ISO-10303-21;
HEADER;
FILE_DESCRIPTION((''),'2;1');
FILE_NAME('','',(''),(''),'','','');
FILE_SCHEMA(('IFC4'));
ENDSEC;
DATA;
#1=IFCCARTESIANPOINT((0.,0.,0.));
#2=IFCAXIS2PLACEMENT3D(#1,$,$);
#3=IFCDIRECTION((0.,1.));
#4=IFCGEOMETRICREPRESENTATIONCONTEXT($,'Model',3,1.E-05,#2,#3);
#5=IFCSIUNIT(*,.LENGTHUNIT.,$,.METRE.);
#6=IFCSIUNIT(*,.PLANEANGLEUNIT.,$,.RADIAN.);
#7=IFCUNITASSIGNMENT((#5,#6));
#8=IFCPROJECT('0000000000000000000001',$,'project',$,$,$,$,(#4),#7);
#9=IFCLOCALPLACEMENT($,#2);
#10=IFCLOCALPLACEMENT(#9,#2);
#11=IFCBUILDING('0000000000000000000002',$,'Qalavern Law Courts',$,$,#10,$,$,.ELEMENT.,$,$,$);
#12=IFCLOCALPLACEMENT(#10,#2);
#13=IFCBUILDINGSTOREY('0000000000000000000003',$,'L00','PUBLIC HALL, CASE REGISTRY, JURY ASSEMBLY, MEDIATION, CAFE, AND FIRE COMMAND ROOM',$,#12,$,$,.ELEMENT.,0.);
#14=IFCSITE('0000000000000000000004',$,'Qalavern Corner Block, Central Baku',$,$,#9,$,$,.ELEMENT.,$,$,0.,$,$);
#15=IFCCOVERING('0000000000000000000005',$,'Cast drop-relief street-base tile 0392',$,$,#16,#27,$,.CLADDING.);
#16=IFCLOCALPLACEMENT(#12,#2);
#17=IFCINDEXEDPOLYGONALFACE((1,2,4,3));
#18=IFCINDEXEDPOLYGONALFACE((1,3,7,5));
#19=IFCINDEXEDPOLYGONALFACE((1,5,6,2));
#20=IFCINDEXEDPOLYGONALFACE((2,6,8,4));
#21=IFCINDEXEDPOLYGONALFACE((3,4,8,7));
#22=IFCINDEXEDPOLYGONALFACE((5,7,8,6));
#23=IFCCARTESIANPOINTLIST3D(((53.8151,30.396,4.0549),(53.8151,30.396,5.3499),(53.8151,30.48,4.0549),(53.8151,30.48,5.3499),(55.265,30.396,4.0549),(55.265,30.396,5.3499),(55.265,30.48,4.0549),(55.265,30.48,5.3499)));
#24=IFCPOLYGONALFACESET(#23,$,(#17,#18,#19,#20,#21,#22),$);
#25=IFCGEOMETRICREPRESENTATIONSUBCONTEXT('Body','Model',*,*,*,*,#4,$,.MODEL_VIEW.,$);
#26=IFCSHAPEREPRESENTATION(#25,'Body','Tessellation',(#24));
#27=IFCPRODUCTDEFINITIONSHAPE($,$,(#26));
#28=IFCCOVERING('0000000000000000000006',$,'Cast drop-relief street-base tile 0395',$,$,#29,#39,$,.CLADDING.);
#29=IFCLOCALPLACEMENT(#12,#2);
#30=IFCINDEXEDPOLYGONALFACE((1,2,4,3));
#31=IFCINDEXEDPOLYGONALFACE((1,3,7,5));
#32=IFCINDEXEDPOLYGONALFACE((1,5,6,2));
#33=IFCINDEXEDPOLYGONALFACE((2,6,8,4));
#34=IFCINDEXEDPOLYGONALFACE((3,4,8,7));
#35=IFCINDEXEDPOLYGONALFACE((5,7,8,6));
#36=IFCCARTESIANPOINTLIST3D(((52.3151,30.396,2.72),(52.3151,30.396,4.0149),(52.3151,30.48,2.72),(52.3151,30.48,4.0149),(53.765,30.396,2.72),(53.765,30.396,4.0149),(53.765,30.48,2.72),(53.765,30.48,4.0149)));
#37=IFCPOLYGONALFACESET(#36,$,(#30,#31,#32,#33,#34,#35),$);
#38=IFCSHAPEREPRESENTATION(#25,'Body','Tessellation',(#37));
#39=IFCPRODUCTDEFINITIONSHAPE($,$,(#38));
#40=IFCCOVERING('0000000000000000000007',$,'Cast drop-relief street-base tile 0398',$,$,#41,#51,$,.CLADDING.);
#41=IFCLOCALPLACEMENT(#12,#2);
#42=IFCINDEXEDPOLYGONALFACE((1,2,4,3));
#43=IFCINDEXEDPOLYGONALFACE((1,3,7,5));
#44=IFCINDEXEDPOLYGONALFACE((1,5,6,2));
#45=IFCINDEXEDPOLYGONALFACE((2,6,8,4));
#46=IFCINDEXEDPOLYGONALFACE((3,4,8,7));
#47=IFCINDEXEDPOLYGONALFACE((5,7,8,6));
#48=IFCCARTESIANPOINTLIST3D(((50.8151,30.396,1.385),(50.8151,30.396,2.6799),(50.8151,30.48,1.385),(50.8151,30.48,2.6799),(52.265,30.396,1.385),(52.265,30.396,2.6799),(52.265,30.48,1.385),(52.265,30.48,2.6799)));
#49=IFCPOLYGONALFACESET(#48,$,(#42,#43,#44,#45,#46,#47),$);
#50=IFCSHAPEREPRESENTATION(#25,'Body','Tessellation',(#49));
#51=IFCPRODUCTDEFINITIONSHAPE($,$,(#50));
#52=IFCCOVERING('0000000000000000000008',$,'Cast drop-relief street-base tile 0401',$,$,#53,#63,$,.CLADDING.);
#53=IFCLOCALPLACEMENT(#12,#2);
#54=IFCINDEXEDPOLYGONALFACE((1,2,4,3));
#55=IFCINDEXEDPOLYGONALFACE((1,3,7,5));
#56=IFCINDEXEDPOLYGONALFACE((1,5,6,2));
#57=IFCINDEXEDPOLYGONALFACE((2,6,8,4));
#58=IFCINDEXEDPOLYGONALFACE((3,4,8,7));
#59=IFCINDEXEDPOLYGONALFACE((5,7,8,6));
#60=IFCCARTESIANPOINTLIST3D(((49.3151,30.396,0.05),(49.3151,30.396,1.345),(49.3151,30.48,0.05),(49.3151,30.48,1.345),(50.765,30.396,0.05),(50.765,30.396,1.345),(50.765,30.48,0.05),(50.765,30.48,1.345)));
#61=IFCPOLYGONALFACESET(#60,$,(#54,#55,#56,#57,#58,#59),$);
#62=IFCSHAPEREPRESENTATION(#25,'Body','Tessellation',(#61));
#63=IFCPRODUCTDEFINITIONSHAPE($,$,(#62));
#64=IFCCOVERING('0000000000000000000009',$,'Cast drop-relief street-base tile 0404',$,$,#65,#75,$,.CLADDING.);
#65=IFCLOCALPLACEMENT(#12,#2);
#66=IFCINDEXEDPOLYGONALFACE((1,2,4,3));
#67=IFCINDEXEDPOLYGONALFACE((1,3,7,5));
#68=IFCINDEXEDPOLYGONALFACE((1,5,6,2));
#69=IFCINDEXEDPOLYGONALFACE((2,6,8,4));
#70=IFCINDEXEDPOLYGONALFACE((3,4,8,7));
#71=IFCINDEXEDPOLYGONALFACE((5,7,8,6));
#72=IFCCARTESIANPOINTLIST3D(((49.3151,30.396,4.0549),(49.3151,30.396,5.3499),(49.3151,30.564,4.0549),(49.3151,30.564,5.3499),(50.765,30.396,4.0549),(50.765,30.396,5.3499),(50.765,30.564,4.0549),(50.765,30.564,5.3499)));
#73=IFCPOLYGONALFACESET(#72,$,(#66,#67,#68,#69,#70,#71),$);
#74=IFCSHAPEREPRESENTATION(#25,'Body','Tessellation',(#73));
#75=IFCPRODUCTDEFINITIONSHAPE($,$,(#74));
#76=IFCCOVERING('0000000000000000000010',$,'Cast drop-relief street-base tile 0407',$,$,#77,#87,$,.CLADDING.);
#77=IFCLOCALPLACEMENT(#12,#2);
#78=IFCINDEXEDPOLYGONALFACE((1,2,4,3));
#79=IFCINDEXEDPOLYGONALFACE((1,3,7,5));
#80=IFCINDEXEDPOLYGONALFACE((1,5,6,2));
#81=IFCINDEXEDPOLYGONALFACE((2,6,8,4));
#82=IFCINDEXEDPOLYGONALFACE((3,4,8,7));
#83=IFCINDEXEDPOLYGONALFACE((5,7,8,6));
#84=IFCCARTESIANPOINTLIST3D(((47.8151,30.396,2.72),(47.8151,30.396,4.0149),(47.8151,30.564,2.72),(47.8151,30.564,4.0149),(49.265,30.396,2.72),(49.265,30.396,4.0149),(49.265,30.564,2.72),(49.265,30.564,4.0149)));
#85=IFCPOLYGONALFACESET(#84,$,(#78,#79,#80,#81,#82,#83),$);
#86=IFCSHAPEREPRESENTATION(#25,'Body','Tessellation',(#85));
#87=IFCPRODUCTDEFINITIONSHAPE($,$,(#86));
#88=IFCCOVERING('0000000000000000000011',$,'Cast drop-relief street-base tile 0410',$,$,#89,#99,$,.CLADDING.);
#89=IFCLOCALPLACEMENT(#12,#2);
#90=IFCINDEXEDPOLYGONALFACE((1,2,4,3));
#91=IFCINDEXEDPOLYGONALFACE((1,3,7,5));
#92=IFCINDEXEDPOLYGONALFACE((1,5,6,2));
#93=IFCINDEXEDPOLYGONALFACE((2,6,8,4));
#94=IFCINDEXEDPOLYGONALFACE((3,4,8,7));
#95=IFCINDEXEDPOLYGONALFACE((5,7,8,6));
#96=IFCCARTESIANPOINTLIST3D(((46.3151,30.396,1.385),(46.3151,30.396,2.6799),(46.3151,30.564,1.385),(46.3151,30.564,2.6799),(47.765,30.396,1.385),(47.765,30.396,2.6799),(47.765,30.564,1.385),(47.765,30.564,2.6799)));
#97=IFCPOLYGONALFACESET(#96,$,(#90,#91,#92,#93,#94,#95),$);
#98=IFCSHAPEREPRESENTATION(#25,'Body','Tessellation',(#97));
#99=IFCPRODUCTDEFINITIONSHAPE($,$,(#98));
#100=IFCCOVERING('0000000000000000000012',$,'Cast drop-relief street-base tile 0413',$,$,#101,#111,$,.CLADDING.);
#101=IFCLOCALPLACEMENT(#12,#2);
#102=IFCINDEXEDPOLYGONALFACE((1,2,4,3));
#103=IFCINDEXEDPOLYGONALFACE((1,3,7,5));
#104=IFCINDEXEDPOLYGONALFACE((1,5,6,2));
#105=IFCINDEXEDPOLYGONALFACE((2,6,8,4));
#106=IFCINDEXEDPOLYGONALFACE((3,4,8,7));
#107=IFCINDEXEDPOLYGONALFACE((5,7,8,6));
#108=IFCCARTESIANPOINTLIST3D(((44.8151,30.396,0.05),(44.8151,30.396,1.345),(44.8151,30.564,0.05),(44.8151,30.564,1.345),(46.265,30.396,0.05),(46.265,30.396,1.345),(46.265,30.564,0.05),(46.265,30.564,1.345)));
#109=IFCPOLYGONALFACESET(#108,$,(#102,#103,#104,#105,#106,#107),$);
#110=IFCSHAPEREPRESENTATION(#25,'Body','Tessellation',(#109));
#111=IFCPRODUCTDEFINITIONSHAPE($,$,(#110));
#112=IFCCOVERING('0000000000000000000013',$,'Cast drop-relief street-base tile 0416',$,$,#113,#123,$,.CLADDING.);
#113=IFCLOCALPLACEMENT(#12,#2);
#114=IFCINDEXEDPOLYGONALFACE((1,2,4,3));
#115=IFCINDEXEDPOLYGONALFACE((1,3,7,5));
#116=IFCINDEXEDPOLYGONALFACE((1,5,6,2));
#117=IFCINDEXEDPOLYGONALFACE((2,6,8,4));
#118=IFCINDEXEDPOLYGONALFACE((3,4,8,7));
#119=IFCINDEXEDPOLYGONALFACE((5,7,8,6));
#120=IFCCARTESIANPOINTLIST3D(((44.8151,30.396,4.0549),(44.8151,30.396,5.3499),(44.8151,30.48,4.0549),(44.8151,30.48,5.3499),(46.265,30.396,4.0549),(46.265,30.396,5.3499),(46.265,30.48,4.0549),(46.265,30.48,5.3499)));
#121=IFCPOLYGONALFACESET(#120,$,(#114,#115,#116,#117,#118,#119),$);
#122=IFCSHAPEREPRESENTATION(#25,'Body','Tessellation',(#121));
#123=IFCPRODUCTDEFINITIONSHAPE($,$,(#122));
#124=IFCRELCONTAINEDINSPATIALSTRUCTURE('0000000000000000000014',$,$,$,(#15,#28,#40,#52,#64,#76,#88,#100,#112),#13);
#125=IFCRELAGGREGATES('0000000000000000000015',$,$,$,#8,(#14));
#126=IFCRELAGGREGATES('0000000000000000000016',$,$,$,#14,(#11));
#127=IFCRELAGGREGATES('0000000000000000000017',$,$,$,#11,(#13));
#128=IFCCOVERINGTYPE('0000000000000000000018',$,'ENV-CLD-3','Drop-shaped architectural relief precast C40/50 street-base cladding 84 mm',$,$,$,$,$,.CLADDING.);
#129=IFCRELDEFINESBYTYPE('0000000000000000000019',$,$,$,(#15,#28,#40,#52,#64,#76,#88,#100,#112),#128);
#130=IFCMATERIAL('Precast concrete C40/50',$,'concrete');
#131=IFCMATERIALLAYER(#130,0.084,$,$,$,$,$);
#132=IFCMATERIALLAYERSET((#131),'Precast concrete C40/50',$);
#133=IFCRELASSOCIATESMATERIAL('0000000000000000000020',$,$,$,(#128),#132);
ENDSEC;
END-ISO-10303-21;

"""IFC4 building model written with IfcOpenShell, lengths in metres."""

from ifc_helpers import new_model, si_unit, direction, frame, origin, origin_2d, place, context, subcontext, project, spatial, rectangle, extrude, material, layer, layer_set, type_object, element, save


model = new_model("IFC4")

# Units and contexts
model_context = context("Model", 3, precision=1e-05, world=origin(), true_north=direction((0.0, 1.0)))
body_context = subcontext(model_context, "Body", "Model", "MODEL_VIEW")
ifc_project = project(units=[si_unit("LENGTHUNIT", "METRE"), si_unit("PLANEANGLEUNIT", "RADIAN")], contexts=[model_context])

# Site, building, storey
site_placement = place(None, origin())
site = spatial("IfcSite", under=ifc_project, at=site_placement, Name="Qalavern Corner Block, Central Baku", CompositionType="ELEMENT", RefElevation=0.0)
building_placement = place(site_placement, origin())
building = spatial("IfcBuilding", under=site, at=building_placement, Name="Qalavern Law Courts", CompositionType="ELEMENT")
storey_placement = place(building_placement, origin())
storey = spatial("IfcBuildingStorey", under=building, at=storey_placement, Name="L00", Description="PUBLIC HALL, CASE REGISTRY, JURY ASSEMBLY, MEDIATION, CAFE, AND FIRE COMMAND ROOM", CompositionType="ELEMENT", Elevation=0.0)

# Coverings
ifc_material_1 = material(Name="Precast concrete C40/50", Category="concrete")
ifc_layer_1 = layer(ifc_material_1, 0.084)
ifc_layer_set_1 = layer_set([ifc_layer_1], Name="Precast concrete C40/50")
covering_type_1 = type_object("IfcCoveringType", Name="ENV-CLD-3", Description="Drop-shaped architectural relief precast C40/50 street-base cladding 84 mm", PredefinedType="CLADDING", material=ifc_layer_set_1)
for number, where, z_axis, x_axis, name in (
    (1, (54.54, 30.438, 4.0549), (0.0, 0.0, 1.0), (-1.0, 0.0, 0.0), "Cast drop-relief street-base tile 0392"),
    (2, (53.04, 30.438, 2.72), (0.0, 0.0, 1.0), (-1.0, 0.0, 0.0), "Cast drop-relief street-base tile 0395"),
    (3, (51.54, 30.438, 1.385), (0.0, 0.0, 1.0), (-1.0, 0.0, 0.0), "Cast drop-relief street-base tile 0398"),
    (4, (50.04, 30.438, 0.05), (0.0, 0.0, 1.0), (-1.0, 0.0, 0.0), "Cast drop-relief street-base tile 0401"),
):
    element("IfcCovering", number, at=place(storey_placement, frame(where, z_axis=z_axis, x_axis=x_axis)), inside=storey, type_object=covering_type_1, Name=name, PredefinedType="CLADDING", context=body_context, shape_type="SweptSolid", body=[
        extrude(rectangle(XDim=1.45, YDim=0.084, at=origin_2d()), origin(), (0.0, 0.0, 1.0), 1.2949),
    ])
for number, where, z_axis, x_axis, name in (
    (5, (50.04, 30.48, 4.0549), (0.0, 0.0, 1.0), (-1.0, 0.0, 0.0), "Cast drop-relief street-base tile 0404"),
    (6, (48.54, 30.48, 2.72), (0.0, 0.0, 1.0), (-1.0, 0.0, 0.0), "Cast drop-relief street-base tile 0407"),
    (7, (47.04, 30.48, 1.385), (0.0, 0.0, 1.0), (-1.0, 0.0, 0.0), "Cast drop-relief street-base tile 0410"),
    (8, (45.54, 30.48, 0.05), (0.0, 0.0, 1.0), (-1.0, 0.0, 0.0), "Cast drop-relief street-base tile 0413"),
):
    element("IfcCovering", number, at=place(storey_placement, frame(where, z_axis=z_axis, x_axis=x_axis)), inside=storey, type_object=covering_type_1, Name=name, PredefinedType="CLADDING", context=body_context, shape_type="SweptSolid", body=[
        extrude(rectangle(XDim=1.45, YDim=0.168, at=origin_2d()), origin(), (0.0, 0.0, 1.0), 1.2949),
    ])
covering_1_placement = place(storey_placement, frame((45.54, 30.438, 4.0549), z_axis=(0.0, 0.0, 1.0), x_axis=(-1.0, 0.0, 0.0)))
element("IfcCovering", 9, at=covering_1_placement, inside=storey, type_object=covering_type_1, Name="Cast drop-relief street-base tile 0416", PredefinedType="CLADDING", context=body_context, shape_type="SweptSolid", body=[
    extrude(rectangle(XDim=1.45, YDim=0.084, at=origin_2d()), origin(), (0.0, 0.0, 1.0), 1.2949),
])

save(model, "model.ifc")
